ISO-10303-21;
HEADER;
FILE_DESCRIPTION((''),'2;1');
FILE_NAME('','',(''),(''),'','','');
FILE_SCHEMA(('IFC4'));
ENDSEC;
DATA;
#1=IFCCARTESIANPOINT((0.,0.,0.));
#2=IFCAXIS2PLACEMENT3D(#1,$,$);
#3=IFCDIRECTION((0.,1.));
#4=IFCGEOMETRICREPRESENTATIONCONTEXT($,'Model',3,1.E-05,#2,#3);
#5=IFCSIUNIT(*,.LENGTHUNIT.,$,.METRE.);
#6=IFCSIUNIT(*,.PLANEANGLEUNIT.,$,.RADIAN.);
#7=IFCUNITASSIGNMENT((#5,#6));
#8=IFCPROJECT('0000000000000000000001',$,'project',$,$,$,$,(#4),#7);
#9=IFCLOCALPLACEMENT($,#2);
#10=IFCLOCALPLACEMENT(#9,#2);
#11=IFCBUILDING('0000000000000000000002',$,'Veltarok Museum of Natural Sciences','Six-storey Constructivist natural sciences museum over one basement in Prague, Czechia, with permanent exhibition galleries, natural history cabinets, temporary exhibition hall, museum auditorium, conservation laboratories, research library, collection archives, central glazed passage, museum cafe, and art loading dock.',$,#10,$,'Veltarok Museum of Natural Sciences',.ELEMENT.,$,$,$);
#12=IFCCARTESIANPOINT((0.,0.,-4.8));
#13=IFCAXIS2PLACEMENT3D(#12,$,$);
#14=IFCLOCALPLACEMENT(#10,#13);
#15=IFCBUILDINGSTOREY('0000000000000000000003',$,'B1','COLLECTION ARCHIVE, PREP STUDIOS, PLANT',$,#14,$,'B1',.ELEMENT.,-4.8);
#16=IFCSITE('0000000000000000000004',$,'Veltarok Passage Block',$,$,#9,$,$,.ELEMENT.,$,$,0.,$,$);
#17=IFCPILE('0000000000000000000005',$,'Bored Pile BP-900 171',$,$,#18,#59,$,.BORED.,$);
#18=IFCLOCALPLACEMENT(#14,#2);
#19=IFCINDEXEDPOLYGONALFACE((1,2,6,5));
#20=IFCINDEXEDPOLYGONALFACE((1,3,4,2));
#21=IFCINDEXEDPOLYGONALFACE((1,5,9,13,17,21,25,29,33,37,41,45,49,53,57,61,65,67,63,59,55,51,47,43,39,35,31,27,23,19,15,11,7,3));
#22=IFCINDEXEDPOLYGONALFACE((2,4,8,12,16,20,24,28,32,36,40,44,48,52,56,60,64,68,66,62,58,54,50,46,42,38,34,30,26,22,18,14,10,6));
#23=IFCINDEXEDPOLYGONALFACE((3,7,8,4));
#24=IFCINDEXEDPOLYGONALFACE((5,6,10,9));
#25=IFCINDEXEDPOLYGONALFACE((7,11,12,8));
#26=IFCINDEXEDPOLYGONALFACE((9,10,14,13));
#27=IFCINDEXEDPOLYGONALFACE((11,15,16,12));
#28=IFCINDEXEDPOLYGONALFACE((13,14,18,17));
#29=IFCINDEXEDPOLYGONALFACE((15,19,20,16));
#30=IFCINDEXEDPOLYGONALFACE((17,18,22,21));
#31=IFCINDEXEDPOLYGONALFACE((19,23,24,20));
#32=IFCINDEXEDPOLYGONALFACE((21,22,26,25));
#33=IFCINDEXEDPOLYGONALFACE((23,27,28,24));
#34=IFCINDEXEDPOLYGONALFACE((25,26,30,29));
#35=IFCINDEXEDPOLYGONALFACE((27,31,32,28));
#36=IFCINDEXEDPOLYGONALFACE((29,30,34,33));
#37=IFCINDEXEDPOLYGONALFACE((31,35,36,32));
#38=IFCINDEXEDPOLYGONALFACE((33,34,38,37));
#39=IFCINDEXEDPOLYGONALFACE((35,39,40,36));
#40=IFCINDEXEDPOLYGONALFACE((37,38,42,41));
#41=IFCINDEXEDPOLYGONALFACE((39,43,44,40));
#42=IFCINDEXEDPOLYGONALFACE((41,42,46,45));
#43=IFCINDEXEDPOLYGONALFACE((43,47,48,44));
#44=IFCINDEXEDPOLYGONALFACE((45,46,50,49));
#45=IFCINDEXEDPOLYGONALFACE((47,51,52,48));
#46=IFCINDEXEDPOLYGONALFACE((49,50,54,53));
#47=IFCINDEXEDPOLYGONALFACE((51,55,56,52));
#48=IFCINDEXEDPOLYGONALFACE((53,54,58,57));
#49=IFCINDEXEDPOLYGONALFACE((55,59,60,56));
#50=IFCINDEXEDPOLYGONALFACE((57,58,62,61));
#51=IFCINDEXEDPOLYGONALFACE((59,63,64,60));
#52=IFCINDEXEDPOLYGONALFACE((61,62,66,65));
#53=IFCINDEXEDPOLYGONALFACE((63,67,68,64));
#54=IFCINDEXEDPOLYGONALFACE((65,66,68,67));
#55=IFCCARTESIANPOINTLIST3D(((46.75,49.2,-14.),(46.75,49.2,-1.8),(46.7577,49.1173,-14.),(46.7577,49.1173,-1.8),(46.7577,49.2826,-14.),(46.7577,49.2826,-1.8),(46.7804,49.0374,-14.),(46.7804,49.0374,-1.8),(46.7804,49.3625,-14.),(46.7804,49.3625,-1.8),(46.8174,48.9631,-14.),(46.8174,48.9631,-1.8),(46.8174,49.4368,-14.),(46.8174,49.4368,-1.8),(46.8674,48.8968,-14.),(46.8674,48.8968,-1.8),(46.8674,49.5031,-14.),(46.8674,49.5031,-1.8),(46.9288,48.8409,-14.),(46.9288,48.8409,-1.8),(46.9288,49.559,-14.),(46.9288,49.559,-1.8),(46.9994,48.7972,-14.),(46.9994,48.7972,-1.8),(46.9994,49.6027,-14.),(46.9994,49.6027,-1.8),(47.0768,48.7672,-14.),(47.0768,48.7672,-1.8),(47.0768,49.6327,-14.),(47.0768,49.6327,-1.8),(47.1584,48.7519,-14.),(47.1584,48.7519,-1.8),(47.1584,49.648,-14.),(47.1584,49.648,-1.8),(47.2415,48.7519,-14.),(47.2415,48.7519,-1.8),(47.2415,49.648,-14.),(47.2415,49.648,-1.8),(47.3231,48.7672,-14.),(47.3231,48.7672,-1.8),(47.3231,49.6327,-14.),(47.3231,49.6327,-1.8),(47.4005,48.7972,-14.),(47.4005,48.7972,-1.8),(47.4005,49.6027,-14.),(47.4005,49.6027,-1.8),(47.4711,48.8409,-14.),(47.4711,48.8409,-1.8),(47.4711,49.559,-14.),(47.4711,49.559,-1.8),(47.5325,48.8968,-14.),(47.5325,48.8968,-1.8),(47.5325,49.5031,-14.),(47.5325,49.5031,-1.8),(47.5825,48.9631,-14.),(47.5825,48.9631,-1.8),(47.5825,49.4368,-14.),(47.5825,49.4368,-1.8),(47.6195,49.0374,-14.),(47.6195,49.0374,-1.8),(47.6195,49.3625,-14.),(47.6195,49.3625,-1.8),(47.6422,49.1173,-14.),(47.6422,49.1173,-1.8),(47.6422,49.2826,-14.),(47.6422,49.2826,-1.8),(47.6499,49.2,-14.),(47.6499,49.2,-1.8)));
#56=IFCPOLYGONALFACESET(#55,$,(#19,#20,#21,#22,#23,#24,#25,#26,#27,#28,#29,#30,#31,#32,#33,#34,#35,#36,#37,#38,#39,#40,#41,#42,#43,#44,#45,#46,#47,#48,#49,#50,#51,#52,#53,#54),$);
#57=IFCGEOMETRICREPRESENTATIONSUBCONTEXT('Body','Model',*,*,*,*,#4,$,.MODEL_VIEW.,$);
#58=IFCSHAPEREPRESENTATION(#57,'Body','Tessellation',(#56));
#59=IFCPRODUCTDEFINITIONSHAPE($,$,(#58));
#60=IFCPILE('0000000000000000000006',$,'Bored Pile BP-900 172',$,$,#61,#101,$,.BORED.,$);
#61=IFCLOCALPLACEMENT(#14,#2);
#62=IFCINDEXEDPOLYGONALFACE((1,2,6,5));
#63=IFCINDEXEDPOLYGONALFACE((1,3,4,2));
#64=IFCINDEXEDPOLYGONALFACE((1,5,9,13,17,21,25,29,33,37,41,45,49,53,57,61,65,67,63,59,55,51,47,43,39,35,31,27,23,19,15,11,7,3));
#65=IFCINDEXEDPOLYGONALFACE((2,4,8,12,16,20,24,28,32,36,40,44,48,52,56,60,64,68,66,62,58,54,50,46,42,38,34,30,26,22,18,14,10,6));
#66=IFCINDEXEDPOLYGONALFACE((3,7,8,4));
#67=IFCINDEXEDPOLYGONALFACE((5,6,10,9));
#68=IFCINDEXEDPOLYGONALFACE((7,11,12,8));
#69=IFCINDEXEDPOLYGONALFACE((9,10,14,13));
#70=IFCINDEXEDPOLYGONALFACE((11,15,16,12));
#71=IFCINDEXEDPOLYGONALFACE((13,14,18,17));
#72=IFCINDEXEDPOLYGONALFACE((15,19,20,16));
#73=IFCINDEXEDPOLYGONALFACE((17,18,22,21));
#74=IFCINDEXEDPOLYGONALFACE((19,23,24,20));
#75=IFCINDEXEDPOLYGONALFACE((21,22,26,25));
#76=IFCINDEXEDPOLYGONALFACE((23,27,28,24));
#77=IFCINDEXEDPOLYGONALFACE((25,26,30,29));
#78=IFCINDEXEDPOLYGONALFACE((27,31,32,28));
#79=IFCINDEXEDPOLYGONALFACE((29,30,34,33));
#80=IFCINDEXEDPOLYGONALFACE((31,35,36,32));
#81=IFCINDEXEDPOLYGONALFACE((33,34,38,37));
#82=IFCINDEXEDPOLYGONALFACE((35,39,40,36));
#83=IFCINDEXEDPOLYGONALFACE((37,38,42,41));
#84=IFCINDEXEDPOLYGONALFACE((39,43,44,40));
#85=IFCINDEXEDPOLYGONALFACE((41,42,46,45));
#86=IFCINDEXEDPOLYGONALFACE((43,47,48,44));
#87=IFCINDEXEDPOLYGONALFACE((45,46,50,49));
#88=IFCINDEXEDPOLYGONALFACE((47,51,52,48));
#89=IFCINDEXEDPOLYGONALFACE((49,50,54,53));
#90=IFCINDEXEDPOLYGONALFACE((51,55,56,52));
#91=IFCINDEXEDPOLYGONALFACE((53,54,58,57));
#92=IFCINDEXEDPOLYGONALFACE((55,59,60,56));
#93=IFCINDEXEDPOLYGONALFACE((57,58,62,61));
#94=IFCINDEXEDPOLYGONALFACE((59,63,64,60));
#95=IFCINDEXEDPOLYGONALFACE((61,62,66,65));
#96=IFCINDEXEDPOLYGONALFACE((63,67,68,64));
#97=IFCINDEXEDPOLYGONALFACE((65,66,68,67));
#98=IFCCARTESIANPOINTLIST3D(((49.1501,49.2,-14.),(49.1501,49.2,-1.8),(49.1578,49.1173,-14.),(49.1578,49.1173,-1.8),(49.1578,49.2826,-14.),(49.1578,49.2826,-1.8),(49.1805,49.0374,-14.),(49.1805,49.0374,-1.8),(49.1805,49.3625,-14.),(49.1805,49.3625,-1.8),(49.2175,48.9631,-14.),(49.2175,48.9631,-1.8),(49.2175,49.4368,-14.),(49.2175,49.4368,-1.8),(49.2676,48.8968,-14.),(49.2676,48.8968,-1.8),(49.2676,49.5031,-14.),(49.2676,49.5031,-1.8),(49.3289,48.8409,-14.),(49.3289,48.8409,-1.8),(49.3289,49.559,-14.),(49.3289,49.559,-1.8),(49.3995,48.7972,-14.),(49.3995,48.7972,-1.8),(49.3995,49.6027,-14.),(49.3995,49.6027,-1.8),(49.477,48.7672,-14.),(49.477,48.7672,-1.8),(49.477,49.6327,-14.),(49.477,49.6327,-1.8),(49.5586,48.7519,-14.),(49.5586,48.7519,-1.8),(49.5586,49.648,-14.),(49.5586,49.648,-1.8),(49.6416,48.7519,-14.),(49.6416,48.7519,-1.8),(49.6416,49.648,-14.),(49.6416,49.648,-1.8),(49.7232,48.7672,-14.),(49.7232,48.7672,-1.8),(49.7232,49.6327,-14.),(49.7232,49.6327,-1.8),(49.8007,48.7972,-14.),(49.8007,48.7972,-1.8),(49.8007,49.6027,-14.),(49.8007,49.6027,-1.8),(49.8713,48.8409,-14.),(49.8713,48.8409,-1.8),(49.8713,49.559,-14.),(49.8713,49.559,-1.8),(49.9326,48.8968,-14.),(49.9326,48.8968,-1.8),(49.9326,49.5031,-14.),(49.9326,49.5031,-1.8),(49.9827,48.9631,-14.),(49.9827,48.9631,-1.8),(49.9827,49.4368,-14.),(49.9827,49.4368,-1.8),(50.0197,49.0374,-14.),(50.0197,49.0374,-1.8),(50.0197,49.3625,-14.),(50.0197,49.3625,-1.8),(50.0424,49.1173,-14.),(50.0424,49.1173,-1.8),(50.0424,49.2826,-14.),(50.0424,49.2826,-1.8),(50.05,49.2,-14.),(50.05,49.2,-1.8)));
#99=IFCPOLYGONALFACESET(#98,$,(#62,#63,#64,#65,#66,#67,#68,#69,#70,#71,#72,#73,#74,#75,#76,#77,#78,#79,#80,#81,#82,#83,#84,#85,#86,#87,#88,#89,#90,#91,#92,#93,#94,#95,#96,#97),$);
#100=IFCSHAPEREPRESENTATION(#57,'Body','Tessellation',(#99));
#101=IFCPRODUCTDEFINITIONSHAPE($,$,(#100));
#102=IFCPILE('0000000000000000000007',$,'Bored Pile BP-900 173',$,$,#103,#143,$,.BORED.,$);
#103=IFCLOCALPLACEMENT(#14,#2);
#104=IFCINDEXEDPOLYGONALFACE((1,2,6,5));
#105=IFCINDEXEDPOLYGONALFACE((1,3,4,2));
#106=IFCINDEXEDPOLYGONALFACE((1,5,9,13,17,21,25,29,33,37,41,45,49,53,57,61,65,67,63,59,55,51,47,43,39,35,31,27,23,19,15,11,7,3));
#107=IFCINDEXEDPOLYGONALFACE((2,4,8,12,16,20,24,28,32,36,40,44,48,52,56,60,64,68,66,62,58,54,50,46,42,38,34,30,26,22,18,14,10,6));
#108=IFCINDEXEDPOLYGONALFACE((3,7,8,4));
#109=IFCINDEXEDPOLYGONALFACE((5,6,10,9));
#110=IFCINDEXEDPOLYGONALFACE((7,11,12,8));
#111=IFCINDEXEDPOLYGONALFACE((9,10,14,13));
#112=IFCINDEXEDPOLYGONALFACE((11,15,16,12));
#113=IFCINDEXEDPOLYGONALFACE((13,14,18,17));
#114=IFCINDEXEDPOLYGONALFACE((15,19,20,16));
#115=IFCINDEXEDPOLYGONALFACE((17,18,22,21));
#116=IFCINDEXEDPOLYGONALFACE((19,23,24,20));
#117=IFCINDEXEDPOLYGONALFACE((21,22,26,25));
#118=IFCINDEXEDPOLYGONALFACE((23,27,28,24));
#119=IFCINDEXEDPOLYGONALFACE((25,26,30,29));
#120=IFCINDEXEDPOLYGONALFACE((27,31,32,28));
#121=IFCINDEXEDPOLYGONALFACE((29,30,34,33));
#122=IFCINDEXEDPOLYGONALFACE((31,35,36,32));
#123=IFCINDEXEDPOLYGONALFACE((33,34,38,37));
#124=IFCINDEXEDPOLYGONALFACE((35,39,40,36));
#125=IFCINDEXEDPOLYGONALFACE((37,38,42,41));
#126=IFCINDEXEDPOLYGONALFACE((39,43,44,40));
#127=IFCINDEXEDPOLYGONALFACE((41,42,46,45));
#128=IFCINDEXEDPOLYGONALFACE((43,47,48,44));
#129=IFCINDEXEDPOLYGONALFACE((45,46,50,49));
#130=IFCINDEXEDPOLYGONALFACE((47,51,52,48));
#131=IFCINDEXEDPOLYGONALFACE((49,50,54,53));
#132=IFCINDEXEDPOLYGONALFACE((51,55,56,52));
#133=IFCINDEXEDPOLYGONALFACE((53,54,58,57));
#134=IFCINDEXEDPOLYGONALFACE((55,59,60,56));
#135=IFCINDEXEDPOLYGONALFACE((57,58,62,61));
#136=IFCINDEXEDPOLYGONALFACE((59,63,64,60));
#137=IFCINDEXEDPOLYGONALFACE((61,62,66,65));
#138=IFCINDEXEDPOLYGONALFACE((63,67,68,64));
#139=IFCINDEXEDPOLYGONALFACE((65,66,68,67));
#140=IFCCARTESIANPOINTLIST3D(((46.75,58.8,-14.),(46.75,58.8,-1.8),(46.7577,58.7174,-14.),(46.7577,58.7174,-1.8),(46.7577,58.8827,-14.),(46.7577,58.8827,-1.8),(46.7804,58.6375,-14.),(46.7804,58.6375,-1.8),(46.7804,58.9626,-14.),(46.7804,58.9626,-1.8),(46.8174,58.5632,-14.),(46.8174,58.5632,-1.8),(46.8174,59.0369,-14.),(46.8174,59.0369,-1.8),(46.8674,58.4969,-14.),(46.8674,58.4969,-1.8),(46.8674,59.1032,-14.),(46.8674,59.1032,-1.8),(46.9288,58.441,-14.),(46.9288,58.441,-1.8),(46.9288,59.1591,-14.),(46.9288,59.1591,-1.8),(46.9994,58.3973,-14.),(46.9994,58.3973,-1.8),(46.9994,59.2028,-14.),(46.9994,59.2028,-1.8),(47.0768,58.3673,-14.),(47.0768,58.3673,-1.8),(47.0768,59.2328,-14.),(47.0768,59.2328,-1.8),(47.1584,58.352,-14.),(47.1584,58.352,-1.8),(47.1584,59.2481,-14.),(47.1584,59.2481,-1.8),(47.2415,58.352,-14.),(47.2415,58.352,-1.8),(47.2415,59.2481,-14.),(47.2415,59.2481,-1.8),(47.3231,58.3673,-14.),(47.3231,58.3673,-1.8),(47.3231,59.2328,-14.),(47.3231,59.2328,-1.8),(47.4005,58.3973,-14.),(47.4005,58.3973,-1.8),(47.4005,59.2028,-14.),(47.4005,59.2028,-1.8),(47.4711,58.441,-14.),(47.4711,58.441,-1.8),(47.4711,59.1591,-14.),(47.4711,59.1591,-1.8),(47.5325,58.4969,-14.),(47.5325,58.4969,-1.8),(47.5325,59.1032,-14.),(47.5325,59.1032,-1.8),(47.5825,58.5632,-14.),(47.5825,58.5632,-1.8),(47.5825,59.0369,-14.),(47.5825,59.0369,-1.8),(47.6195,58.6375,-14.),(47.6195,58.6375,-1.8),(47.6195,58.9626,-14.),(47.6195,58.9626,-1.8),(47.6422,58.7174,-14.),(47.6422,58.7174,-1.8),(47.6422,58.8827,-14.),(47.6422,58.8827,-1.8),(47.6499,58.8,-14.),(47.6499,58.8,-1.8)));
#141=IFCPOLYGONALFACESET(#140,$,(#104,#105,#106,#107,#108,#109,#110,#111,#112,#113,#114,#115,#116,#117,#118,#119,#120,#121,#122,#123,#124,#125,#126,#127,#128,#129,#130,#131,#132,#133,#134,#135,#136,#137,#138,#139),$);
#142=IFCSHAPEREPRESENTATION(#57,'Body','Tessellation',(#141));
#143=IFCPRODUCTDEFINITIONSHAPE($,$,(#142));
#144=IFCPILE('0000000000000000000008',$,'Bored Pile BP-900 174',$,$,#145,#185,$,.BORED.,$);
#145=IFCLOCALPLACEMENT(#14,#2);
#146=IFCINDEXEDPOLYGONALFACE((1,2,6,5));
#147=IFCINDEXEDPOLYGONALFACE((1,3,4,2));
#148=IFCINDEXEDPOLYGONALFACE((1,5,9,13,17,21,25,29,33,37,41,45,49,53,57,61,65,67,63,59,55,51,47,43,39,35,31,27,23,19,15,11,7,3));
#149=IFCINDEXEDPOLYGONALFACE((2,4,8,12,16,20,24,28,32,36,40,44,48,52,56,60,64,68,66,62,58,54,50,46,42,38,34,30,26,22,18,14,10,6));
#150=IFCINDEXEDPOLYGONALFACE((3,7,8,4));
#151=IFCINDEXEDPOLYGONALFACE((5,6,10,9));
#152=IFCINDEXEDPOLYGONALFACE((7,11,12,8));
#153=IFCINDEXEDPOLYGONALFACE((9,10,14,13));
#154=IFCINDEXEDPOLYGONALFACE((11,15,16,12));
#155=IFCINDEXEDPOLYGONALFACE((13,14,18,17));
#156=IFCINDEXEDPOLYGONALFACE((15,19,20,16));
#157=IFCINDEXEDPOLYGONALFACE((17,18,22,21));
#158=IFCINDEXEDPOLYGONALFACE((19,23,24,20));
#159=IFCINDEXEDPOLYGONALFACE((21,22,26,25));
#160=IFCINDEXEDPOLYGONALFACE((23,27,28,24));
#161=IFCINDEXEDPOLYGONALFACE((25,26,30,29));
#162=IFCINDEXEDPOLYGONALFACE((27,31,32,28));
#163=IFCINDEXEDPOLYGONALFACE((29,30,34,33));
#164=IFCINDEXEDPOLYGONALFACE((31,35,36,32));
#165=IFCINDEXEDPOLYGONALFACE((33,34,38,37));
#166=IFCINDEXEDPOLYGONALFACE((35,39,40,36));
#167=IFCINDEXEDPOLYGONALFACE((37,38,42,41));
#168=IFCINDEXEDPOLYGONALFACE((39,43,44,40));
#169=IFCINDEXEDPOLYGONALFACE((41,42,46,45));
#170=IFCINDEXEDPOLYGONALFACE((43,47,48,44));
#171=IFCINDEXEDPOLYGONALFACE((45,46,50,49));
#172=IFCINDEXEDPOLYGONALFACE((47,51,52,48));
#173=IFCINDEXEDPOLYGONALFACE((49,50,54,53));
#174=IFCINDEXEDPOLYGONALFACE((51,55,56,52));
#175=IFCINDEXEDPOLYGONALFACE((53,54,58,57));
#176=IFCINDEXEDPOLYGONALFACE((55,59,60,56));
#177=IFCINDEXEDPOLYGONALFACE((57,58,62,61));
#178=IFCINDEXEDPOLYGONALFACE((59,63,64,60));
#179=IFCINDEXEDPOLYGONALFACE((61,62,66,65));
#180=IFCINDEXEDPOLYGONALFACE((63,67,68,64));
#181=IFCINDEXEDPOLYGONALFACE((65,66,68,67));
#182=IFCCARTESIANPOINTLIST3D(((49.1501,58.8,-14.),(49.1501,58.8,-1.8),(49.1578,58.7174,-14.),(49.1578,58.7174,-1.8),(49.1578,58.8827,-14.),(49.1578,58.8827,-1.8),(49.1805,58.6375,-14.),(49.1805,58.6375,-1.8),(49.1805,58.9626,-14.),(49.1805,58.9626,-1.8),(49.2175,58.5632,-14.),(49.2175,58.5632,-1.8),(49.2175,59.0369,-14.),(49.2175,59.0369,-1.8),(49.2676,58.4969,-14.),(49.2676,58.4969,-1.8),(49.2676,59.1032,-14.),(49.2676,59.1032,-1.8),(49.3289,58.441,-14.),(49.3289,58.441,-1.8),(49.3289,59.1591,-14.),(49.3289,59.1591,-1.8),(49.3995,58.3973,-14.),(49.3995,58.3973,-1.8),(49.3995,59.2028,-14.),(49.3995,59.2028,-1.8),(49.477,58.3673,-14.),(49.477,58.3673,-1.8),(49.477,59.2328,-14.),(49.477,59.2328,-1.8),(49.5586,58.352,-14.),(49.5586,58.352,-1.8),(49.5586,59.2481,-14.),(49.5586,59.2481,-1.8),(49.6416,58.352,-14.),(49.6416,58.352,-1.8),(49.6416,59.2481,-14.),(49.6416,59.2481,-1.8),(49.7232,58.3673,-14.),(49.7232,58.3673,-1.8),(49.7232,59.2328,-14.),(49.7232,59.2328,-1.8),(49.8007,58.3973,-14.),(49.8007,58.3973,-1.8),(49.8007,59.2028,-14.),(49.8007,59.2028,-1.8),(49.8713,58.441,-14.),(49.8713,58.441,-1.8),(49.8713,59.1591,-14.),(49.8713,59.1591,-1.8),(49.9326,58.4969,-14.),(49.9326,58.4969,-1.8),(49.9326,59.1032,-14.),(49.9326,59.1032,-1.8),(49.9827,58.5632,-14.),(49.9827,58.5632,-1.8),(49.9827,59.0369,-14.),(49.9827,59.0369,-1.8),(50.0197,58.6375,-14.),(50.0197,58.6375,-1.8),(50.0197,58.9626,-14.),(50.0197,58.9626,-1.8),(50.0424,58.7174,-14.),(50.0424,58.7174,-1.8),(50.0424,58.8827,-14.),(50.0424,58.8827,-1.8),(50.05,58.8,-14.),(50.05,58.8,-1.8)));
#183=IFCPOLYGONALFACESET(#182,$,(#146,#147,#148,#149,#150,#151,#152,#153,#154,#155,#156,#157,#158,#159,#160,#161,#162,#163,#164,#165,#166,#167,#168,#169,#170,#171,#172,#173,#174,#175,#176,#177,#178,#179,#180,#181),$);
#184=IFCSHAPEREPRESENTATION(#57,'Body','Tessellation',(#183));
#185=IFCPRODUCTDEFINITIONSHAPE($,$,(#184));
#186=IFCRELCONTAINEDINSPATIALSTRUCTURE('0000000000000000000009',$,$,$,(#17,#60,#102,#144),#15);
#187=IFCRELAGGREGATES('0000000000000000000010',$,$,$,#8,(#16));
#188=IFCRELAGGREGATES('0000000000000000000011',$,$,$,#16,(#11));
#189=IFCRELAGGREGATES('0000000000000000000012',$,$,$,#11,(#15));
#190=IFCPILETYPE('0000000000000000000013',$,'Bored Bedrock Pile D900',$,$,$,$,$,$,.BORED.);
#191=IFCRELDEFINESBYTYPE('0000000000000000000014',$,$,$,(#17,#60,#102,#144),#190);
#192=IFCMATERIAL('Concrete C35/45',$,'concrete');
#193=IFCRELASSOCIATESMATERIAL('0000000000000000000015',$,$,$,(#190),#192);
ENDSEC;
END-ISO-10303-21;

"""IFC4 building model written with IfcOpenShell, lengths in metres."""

from ifc_helpers import new_model, si_unit, direction, frame, origin, origin_2d, place, context, subcontext, project, spatial, circle, extrude, material, material_profile, profile_set, type_object, element, save


model = new_model("IFC4")

# Units and contexts
model_context = context("Model", 3, precision=1e-05, world=origin(), true_north=direction((0.0, 1.0)))
body_context = subcontext(model_context, "Body", "Model", "MODEL_VIEW")
ifc_project = project(units=[si_unit("LENGTHUNIT", "METRE"), si_unit("PLANEANGLEUNIT", "RADIAN")], contexts=[model_context])

# Site, building, storey
site_placement = place(None, origin())
site = spatial("IfcSite", under=ifc_project, at=site_placement, Name="Veltarok Passage Block", CompositionType="ELEMENT", RefElevation=0.0)
building_placement = place(site_placement, origin())
building = spatial("IfcBuilding", under=site, at=building_placement, Name="Veltarok Museum of Natural Sciences", Description="Six-storey Constructivist natural sciences museum over one basement in Prague, Czechia, with permanent exhibition galleries, natural history cabinets, temporary exhibition hall, museum auditorium, conservation laboratories, research library, collection archives, central glazed passage, museum cafe, and art loading dock.", LongName="Veltarok Museum of Natural Sciences", CompositionType="ELEMENT")
storey_placement = place(building_placement, frame((0.0, 0.0, -4.8)))
storey = spatial("IfcBuildingStorey", under=building, at=storey_placement, Name="B1", Description="COLLECTION ARCHIVE, PREP STUDIOS, PLANT", LongName="B1", CompositionType="ELEMENT", Elevation=-4.8)

# Piles
ifc_material_1 = material(Name="Concrete C35/45", Category="concrete")
ifc_material_profile_1 = material_profile(ifc_material_1, circle(Radius=0.45, at=origin_2d()), Name="BP D900")
ifc_profile_set_1 = profile_set([ifc_material_profile_1], Name="Concrete C35/45")
pile_type = type_object("IfcPileType", Name="Bored Bedrock Pile D900", PredefinedType="BORED", material=ifc_profile_set_1)
for number, where, z_axis, x_axis, name in (
    (1, (47.2, 49.2, -1.8), (0.0, 0.0, -1.0), (1.0, 0.0, 0.0), "Bored Pile BP-900 171"),
    (2, (49.6001, 49.2, -1.8), (0.0, 0.0, -1.0), (1.0, 0.0, 0.0), "Bored Pile BP-900 172"),
    (3, (47.2, 58.8, -1.8), (0.0, 0.0, -1.0), (1.0, 0.0, 0.0), "Bored Pile BP-900 173"),
    (4, (49.6001, 58.8, -1.8), (0.0, 0.0, -1.0), (1.0, 0.0, 0.0), "Bored Pile BP-900 174"),
):
    element("IfcPile", number, at=place(storey_placement, frame(where, z_axis=z_axis, x_axis=x_axis)), inside=storey, type_object=pile_type, Name=name, PredefinedType="BORED", context=body_context, shape_type="SweptSolid", body=[
        extrude(circle(Radius=0.45, at=origin_2d()), origin(), (0.0, 0.0, 1.0), 12.2),
    ])

save(model, "model.ifc")
